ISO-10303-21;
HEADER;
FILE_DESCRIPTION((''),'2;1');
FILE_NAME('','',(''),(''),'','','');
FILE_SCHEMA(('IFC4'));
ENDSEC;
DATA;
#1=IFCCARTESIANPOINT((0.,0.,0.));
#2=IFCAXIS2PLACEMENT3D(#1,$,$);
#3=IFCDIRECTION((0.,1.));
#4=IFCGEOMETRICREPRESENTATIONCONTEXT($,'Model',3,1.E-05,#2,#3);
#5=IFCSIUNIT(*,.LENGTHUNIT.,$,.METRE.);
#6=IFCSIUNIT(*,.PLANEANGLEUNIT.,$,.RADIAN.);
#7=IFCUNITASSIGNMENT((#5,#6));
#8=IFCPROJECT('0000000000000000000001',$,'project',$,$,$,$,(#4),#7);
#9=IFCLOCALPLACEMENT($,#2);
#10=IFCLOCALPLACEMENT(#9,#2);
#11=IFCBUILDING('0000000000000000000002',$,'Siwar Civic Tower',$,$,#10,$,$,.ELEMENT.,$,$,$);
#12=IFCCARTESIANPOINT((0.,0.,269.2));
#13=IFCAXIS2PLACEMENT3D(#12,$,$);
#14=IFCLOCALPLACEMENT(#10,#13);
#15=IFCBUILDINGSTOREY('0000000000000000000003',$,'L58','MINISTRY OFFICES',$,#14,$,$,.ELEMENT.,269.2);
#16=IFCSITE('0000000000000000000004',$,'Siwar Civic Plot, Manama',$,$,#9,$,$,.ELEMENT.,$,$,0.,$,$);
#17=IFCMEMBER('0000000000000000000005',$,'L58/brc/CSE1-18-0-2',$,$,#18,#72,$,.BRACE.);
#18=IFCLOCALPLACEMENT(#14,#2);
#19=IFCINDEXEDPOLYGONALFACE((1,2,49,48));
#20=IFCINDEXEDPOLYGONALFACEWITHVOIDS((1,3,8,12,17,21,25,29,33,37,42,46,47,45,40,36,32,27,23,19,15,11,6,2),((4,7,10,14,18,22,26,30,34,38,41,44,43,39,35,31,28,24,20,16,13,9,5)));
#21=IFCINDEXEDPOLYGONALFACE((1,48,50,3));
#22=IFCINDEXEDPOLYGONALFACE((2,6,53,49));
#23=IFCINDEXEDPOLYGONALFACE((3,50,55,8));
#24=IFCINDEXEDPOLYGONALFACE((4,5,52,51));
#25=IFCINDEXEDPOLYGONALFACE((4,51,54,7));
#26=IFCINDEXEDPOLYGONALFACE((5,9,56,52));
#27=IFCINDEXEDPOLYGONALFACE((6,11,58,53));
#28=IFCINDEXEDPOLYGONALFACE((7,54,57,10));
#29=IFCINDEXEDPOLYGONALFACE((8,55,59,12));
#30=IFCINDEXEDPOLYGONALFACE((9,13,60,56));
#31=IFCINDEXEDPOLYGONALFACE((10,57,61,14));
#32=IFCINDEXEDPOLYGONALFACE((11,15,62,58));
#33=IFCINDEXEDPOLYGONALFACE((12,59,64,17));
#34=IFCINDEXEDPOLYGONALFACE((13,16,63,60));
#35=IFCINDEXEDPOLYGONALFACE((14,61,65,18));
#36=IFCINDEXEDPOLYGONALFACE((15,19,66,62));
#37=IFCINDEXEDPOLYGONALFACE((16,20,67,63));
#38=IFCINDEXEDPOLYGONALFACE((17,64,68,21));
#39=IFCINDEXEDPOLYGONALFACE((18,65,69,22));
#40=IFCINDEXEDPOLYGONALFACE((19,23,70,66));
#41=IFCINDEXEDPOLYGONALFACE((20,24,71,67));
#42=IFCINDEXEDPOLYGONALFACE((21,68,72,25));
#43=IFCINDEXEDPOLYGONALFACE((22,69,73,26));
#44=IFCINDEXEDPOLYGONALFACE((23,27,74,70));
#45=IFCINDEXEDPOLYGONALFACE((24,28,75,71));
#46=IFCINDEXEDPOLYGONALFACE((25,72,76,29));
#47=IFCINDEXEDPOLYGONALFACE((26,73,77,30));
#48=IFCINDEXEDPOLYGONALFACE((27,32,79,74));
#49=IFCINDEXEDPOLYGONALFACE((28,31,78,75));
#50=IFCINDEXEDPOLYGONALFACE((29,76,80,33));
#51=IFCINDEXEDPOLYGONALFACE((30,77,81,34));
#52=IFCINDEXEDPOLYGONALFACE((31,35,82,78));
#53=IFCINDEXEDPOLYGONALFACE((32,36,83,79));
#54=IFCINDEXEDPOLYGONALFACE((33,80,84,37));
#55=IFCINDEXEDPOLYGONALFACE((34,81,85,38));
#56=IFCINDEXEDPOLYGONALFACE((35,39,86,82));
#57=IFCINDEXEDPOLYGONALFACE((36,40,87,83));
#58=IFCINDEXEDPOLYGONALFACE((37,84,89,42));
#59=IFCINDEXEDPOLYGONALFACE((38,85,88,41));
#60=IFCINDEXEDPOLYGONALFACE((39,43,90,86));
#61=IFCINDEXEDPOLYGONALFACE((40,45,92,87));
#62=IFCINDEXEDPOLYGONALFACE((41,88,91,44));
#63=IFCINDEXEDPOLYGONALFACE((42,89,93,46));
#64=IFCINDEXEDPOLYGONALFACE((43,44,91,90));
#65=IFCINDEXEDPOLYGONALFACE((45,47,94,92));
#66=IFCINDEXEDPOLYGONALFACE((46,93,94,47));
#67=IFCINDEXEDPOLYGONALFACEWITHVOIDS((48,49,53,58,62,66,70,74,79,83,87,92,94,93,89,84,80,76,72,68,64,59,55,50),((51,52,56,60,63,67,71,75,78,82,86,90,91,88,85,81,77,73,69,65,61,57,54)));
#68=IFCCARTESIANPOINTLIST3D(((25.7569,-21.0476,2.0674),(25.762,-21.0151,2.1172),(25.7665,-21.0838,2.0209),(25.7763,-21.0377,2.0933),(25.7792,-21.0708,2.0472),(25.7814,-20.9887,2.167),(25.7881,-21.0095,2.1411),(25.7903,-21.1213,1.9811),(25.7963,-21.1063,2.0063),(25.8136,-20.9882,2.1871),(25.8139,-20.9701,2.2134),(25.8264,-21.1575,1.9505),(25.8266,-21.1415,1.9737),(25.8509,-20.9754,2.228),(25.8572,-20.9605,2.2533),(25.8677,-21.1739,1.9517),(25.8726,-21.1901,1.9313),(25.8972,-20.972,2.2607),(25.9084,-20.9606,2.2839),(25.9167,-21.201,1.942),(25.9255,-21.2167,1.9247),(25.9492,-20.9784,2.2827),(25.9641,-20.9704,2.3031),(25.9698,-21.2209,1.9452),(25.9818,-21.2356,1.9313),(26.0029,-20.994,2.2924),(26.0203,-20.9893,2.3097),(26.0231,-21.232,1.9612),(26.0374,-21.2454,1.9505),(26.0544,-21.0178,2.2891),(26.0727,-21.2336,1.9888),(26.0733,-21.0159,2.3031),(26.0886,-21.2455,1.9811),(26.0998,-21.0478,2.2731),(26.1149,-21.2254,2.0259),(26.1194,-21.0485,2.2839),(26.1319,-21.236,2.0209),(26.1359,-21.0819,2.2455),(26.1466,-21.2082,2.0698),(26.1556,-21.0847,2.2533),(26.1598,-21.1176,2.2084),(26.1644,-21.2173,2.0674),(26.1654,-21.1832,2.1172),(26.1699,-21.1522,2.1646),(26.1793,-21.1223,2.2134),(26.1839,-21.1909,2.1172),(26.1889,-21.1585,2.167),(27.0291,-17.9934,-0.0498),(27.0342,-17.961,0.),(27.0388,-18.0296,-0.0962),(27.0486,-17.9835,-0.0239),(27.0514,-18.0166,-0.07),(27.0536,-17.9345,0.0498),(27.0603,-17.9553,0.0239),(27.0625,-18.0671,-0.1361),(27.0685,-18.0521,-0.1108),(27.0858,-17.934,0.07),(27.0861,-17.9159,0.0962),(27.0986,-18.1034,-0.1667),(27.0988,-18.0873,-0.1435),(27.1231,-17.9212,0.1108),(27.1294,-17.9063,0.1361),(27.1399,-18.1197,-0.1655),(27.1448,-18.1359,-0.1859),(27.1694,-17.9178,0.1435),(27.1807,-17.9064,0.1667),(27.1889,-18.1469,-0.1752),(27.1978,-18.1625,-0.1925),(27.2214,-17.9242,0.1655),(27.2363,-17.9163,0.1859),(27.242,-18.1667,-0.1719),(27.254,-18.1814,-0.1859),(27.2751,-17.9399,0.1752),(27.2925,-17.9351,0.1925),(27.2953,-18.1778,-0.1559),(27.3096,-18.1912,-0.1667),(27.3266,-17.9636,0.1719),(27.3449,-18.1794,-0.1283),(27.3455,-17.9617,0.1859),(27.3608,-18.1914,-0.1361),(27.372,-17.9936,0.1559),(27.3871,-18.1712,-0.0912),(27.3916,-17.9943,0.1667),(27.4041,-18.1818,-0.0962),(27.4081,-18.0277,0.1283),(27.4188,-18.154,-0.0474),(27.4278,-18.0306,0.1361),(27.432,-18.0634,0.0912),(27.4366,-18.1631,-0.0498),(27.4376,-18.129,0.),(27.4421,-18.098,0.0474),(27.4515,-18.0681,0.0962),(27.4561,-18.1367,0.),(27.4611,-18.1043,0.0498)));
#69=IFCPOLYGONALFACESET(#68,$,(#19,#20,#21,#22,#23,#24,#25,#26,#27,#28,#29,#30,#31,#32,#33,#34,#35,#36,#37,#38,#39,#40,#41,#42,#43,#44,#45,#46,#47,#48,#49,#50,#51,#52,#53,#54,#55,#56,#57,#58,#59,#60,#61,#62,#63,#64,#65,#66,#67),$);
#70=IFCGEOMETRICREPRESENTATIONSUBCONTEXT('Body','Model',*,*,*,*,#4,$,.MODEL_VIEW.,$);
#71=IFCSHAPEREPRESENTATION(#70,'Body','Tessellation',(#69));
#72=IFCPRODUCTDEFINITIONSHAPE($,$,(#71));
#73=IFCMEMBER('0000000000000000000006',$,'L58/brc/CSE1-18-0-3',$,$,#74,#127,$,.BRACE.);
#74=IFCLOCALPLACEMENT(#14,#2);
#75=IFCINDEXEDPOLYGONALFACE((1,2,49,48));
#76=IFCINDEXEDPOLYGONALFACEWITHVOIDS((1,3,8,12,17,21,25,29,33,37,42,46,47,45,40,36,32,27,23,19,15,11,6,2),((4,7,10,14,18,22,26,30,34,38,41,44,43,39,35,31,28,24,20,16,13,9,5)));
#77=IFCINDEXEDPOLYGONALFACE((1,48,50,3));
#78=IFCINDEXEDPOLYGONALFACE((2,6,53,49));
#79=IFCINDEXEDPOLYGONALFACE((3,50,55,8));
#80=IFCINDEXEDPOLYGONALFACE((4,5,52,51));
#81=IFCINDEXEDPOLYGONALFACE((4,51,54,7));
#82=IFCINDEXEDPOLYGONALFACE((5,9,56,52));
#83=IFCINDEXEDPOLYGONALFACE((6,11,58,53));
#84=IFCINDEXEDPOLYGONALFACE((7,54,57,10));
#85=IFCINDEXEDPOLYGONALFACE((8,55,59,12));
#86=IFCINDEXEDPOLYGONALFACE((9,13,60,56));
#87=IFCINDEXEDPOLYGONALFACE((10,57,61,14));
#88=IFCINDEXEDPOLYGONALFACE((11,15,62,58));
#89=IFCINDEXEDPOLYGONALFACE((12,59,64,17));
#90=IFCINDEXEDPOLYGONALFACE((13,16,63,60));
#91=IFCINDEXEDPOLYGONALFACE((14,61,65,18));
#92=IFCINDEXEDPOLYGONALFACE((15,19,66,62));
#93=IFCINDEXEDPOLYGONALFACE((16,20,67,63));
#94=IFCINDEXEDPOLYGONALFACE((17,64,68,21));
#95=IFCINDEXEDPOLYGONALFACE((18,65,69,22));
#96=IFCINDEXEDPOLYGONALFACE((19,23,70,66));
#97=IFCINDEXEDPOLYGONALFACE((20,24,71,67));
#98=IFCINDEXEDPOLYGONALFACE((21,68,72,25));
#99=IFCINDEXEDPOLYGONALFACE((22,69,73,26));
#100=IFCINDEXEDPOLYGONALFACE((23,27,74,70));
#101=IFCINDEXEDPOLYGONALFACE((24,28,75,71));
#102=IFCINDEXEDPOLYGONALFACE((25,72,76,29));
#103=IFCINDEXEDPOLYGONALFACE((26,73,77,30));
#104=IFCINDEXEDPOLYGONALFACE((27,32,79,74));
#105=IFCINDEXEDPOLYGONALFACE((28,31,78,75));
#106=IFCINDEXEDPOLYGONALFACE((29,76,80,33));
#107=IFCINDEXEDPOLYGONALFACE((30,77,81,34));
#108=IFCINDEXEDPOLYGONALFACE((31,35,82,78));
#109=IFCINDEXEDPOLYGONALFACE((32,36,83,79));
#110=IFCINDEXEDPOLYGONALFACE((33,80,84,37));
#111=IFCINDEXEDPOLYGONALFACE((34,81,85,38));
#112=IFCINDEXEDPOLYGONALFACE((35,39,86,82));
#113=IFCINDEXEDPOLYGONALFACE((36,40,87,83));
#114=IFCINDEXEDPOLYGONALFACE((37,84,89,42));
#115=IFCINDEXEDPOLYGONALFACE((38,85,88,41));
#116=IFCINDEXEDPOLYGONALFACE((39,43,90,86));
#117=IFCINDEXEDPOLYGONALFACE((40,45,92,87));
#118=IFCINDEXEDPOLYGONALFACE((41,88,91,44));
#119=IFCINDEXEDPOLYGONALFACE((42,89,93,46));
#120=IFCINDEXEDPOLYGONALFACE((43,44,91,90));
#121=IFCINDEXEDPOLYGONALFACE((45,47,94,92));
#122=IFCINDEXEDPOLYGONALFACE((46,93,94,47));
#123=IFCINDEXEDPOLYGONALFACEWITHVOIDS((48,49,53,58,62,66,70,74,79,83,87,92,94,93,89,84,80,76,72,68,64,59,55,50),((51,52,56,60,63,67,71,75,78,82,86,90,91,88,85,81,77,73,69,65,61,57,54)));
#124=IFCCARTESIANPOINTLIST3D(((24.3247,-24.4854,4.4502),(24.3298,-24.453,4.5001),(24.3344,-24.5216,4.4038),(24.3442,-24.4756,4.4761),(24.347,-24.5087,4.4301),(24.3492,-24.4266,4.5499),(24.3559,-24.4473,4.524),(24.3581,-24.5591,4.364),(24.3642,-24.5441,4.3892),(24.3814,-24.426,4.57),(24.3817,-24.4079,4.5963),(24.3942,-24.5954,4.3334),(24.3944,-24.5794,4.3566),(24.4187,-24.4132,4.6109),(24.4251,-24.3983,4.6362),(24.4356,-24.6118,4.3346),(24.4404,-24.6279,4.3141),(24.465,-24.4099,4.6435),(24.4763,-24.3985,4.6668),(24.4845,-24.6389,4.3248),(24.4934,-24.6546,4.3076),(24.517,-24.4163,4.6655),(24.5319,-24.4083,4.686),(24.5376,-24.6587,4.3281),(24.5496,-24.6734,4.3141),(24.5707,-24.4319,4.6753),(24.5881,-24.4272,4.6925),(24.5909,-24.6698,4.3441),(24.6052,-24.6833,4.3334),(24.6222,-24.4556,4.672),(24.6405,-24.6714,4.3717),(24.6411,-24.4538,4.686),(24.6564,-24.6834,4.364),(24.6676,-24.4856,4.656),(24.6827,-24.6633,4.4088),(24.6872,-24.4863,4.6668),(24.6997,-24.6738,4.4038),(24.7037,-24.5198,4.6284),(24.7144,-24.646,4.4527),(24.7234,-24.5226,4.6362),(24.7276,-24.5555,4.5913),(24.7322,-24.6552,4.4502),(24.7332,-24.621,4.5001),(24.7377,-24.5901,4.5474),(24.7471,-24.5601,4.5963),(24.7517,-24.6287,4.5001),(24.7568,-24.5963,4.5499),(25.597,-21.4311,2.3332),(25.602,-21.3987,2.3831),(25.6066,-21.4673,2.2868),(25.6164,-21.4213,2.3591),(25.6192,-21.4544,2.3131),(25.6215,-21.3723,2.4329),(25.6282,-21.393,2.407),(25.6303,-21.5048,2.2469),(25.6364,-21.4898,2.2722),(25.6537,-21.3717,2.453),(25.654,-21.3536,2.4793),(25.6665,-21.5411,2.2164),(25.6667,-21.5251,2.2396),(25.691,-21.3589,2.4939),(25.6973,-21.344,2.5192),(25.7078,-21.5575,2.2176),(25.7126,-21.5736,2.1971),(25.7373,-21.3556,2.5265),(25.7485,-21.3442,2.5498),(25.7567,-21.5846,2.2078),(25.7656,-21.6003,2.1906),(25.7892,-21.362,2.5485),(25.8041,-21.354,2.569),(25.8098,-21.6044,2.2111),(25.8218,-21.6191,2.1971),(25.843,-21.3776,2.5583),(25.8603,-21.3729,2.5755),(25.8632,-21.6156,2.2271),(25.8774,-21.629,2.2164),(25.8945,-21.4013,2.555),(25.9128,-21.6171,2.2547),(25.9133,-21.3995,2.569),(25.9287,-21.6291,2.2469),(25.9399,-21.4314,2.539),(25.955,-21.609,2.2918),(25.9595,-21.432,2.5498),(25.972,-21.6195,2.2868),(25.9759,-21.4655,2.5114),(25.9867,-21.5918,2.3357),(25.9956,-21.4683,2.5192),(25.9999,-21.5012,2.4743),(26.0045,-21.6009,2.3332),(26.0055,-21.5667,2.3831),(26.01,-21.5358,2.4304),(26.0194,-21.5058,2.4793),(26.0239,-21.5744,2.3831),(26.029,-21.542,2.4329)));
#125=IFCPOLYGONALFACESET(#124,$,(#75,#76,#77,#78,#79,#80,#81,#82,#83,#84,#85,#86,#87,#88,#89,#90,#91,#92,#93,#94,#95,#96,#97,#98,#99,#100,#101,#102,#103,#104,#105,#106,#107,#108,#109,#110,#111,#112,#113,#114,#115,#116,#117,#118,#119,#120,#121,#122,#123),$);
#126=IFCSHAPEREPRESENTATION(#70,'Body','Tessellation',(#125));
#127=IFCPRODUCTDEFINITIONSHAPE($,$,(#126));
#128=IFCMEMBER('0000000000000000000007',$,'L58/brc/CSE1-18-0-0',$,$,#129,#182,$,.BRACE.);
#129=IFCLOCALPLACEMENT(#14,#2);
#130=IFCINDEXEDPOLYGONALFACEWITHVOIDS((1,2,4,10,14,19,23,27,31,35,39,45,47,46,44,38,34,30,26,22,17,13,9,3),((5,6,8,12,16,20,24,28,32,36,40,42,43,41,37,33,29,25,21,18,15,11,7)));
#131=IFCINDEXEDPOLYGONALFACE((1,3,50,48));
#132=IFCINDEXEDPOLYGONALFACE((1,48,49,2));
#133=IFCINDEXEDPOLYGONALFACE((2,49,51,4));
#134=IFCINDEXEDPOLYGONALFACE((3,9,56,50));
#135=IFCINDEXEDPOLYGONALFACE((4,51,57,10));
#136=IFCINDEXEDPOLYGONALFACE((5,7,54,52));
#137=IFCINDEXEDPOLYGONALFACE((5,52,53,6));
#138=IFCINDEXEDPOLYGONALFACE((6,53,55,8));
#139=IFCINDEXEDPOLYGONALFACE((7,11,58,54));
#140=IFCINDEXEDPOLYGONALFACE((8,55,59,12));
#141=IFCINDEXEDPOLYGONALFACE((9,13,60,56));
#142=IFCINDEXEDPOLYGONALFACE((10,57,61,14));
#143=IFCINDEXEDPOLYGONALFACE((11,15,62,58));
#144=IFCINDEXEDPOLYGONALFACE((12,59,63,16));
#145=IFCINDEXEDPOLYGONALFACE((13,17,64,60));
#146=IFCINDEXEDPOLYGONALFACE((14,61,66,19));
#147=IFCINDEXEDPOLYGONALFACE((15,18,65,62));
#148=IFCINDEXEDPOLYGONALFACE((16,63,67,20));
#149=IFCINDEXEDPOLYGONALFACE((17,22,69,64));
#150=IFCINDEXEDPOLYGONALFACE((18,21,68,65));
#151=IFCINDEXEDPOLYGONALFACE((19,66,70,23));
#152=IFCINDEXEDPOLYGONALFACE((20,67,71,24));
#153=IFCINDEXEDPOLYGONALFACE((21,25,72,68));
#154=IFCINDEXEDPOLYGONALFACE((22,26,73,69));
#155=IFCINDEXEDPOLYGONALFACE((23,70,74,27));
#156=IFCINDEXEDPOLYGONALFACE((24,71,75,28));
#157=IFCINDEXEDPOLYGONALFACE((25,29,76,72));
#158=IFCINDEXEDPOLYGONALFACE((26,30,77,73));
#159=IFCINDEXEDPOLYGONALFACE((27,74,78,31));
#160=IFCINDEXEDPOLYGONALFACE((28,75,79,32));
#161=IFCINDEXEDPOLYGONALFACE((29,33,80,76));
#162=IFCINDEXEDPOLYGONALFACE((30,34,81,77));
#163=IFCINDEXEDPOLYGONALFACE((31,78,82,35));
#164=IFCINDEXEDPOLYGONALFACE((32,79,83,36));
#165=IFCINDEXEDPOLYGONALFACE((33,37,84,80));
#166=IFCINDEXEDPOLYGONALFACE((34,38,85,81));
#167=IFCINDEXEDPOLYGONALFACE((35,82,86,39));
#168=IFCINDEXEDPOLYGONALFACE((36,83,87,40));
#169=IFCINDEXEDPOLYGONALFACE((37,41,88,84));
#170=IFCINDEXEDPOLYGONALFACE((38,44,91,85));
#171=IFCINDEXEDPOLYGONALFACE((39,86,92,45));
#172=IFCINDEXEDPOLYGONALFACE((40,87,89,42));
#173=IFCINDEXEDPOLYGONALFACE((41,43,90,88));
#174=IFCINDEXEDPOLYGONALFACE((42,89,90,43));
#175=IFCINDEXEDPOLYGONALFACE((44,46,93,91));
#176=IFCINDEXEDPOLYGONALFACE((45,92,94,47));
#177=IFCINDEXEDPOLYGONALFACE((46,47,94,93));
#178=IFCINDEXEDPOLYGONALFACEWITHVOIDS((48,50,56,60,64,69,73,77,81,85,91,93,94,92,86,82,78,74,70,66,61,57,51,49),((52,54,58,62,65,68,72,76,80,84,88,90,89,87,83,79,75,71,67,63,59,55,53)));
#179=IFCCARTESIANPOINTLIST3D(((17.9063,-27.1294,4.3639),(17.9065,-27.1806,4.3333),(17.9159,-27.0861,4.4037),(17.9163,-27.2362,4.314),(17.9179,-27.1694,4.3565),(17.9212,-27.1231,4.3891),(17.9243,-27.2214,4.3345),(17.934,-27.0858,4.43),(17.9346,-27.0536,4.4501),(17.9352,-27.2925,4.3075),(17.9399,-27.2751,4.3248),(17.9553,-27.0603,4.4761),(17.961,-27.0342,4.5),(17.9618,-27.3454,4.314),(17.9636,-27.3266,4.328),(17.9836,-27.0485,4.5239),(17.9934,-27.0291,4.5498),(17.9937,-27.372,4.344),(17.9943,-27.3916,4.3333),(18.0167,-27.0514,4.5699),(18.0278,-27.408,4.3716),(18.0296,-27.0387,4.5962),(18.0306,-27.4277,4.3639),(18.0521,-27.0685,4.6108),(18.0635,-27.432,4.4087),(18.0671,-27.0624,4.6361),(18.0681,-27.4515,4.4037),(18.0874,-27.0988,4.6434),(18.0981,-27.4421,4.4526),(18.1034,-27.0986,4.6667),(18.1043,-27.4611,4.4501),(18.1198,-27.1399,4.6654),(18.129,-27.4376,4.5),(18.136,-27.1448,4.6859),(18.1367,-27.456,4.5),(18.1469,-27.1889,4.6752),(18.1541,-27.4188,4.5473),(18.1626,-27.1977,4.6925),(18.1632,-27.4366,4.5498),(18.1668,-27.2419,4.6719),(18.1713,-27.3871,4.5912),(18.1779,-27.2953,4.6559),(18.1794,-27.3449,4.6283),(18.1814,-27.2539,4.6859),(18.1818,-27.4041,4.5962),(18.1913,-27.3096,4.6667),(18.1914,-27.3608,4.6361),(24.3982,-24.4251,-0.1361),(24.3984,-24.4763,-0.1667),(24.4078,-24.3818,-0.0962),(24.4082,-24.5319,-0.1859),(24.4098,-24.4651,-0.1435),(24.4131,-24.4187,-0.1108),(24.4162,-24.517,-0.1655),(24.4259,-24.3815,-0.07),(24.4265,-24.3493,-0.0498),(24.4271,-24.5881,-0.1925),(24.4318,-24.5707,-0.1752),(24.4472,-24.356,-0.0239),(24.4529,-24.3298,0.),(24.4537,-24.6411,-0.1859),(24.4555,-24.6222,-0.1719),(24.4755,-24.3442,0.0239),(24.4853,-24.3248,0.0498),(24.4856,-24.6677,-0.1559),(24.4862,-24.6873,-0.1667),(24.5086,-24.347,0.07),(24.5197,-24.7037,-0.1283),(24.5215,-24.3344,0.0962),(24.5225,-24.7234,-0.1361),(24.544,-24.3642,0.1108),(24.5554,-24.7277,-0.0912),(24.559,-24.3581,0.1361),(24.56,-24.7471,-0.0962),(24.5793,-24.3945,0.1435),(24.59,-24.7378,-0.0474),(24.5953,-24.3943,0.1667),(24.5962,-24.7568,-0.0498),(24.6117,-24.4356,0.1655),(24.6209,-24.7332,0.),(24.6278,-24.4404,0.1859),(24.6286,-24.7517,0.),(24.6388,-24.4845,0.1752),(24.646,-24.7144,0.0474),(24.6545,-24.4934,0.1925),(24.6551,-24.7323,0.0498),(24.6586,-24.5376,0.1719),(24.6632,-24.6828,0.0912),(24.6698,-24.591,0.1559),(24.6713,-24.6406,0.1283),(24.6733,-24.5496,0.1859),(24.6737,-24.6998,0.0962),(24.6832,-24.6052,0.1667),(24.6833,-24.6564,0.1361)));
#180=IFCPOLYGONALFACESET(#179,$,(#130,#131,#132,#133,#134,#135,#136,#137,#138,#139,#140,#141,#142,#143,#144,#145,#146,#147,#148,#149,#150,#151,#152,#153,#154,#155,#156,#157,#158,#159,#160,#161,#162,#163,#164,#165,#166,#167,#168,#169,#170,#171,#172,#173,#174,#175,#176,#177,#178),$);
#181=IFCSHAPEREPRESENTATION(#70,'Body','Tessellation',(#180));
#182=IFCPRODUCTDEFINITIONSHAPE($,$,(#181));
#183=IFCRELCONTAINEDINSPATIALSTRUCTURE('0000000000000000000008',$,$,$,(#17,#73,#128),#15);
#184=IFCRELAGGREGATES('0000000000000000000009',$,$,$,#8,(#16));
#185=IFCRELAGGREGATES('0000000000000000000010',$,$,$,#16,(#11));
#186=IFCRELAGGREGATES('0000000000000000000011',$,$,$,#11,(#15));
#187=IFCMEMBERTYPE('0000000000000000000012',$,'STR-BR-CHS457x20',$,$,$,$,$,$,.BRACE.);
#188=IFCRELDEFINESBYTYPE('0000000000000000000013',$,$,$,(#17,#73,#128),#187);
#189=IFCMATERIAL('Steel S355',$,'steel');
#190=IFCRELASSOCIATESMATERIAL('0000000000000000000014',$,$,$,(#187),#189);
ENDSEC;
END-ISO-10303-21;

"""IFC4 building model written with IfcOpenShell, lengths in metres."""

from ifc_helpers import new_model, si_unit, direction, frame, origin, origin_2d, place, context, subcontext, project, spatial, hollow_circle, extrude, material, material_profile, profile_set, type_object, element, save


model = new_model("IFC4")

# Units and contexts
model_context = context("Model", 3, precision=1e-05, world=origin(), true_north=direction((0.0, 1.0)))
body_context = subcontext(model_context, "Body", "Model", "MODEL_VIEW")
ifc_project = project(units=[si_unit("LENGTHUNIT", "METRE"), si_unit("PLANEANGLEUNIT", "RADIAN")], contexts=[model_context])

# Site, building, storey
site_placement = place(None, origin())
site = spatial("IfcSite", under=ifc_project, at=site_placement, Name="Siwar Civic Plot, Manama", CompositionType="ELEMENT", RefElevation=0.0)
building_placement = place(site_placement, origin())
building = spatial("IfcBuilding", under=site, at=building_placement, Name="Siwar Civic Tower", CompositionType="ELEMENT")
storey_placement = place(building_placement, frame((0.0, 0.0, 269.2)))
storey = spatial("IfcBuildingStorey", under=building, at=storey_placement, Name="L58", Description="MINISTRY OFFICES", CompositionType="ELEMENT", Elevation=269.2)

# Members
ifc_material_1 = material(Name="Steel S355", Category="steel")
ifc_material_profile_1 = material_profile(ifc_material_1, hollow_circle(Radius=0.2285, WallThickness=0.02, at=origin_2d()), Name="CHS457x20")
ifc_profile_set_1 = profile_set([ifc_material_profile_1], Name="Steel S355")
member_type_1 = type_object("IfcMemberType", Name="STR-BR-CHS457x20", PredefinedType="BRACE", material=ifc_profile_set_1)
for number, where, z_axis, x_axis, name in (
    (1, (27.2451, -18.0488, 0.0), (-0.323884, -0.777546, 0.538999), (0.923116, -0.384521, 0.0), "L58/brc/CSE1-18-0-2"),
    (2, (25.813, -21.4866, 2.3831), (-0.323895, -0.777572, 0.538955), (0.923116, -0.384521, 0.0), "L58/brc/CSE1-18-0-3"),
):
    element("IfcMember", number, at=place(storey_placement, frame(where, z_axis=z_axis, x_axis=x_axis)), inside=storey, type_object=member_type_1, Name=name, PredefinedType="BRACE", context=body_context, shape_type="SweptSolid", body=[
        extrude(hollow_circle(Radius=0.2285, WallThickness=0.02, at=origin_2d()), origin(), (0.0, 0.0, 1.0), 3.928),
    ])
member_1_placement = place(storey_placement, frame((24.5408, -24.5408, 0.0), z_axis=(-0.777555, -0.323906, 0.538975), x_axis=(0.384539, -0.923109, 0.0)))
element("IfcMember", 3, at=member_1_placement, inside=storey, type_object=member_type_1, Name="L58/brc/CSE1-18-0-0", PredefinedType="BRACE", context=body_context, shape_type="SweptSolid", body=[
    extrude(hollow_circle(Radius=0.2285, WallThickness=0.02, at=origin_2d()), origin(), (0.0, 0.0, 1.0), 8.3491),
])

save(model, "model.ifc")
